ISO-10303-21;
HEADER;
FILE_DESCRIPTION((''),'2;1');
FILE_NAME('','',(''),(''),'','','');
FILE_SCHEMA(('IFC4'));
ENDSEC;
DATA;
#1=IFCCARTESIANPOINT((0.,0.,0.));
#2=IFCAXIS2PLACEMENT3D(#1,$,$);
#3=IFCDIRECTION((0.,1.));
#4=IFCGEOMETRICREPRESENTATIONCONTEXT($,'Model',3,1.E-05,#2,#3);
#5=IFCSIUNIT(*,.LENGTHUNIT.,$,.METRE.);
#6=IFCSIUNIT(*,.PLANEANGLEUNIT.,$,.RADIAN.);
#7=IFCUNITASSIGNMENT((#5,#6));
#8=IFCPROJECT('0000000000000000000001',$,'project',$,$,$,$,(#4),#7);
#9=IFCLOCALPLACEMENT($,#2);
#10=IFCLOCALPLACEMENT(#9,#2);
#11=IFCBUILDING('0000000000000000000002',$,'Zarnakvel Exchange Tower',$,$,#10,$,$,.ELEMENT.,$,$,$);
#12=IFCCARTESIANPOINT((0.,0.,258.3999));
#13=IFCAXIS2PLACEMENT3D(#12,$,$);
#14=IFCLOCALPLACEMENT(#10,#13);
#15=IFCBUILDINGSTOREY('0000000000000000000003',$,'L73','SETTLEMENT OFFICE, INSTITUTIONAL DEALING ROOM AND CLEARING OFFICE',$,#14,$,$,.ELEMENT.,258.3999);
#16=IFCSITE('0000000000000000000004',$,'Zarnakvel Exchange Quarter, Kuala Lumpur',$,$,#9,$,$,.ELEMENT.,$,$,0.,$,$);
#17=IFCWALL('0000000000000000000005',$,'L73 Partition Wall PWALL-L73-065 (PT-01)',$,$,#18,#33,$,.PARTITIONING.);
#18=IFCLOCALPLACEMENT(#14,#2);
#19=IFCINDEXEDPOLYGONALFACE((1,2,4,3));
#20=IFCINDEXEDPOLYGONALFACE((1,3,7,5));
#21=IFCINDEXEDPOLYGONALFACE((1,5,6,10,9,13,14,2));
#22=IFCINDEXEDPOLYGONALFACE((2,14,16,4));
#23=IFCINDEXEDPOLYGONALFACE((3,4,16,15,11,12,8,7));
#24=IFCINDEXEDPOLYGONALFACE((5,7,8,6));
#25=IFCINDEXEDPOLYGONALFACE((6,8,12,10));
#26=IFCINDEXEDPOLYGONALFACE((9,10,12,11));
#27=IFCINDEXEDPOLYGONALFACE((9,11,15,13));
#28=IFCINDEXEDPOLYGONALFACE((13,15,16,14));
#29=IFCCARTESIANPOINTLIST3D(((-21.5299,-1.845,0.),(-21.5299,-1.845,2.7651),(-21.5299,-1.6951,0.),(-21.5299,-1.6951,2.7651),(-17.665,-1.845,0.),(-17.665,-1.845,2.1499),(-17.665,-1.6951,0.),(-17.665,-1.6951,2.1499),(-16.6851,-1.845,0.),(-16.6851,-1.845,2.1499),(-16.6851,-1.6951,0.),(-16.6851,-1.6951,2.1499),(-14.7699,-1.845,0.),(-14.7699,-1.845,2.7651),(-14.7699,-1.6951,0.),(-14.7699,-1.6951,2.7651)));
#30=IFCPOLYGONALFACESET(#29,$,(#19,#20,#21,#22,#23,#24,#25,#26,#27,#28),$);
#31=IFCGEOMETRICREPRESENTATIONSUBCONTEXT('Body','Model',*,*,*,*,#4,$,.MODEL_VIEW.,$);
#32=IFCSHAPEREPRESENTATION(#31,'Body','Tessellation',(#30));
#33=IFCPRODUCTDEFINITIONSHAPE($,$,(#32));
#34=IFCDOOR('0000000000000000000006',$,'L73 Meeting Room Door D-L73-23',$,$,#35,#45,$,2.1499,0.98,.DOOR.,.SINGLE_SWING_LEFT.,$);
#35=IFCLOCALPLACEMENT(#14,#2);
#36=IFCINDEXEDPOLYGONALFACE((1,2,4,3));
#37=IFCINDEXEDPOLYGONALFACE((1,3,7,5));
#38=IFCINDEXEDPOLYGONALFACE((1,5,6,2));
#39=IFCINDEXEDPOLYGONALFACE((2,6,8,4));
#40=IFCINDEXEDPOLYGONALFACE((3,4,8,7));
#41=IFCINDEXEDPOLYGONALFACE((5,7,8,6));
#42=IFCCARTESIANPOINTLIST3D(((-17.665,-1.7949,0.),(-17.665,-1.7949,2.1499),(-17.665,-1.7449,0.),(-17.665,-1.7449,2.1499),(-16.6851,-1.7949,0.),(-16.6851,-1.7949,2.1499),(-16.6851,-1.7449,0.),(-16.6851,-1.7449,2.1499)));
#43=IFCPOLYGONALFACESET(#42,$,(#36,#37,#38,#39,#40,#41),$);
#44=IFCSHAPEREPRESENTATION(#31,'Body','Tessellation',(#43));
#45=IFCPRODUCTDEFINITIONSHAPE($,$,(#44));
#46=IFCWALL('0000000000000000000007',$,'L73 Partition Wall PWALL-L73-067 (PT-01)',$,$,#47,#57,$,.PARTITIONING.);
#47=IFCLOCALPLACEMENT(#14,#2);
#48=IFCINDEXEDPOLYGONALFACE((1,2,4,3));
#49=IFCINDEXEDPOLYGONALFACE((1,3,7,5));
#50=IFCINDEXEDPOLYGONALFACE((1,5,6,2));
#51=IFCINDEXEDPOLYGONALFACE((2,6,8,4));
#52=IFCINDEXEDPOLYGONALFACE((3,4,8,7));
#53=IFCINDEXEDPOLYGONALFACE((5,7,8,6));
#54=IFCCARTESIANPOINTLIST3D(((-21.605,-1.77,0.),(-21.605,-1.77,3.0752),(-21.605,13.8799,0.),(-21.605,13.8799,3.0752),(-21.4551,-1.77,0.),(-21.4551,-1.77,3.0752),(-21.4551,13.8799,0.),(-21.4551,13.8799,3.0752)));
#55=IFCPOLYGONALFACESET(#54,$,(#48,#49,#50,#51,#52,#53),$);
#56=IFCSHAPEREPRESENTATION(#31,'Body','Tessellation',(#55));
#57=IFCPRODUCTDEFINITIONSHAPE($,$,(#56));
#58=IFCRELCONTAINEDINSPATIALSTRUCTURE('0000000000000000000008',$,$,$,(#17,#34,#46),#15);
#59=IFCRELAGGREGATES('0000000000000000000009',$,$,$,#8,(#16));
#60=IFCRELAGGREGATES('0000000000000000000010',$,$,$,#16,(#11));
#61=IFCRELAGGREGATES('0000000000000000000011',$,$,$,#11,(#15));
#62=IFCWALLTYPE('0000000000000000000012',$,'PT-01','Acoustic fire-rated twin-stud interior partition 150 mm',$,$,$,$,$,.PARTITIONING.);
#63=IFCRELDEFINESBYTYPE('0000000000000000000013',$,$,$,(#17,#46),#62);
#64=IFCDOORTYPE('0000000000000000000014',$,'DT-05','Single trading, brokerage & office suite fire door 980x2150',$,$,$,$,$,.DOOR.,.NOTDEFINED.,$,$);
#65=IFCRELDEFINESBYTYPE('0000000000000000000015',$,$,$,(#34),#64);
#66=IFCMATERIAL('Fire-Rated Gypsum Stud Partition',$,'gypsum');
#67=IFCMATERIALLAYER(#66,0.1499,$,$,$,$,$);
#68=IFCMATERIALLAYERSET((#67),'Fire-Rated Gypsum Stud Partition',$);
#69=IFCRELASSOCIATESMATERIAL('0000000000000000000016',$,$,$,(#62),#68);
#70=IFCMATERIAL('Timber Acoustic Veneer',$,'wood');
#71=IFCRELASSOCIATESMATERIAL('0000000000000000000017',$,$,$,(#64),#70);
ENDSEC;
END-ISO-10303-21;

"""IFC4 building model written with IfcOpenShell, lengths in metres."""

from ifc_helpers import new_model, si_unit, direction, frame, frame_2d, origin, place, context, subcontext, project, spatial, rectangle, extrude, source, transform, mapped, material, layer, layer_set, type_object, element, fill, save


model = new_model("IFC4")

# Units and contexts
model_context = context("Model", 3, precision=1e-05, world=origin(), true_north=direction((0.0, 1.0)))
body_context = subcontext(model_context, "Body", "Model", "MODEL_VIEW")
ifc_project = project(units=[si_unit("LENGTHUNIT", "METRE"), si_unit("PLANEANGLEUNIT", "RADIAN")], contexts=[model_context])

# Site, building, storey
site_placement = place(None, origin())
site = spatial("IfcSite", under=ifc_project, at=site_placement, Name="Zarnakvel Exchange Quarter, Kuala Lumpur", CompositionType="ELEMENT", RefElevation=0.0)
building_placement = place(site_placement, origin())
building = spatial("IfcBuilding", under=site, at=building_placement, Name="Zarnakvel Exchange Tower", CompositionType="ELEMENT")
storey_placement = place(building_placement, frame((0.0, 0.0, 258.3999)))
storey = spatial("IfcBuildingStorey", under=building, at=storey_placement, Name="L73", Description="SETTLEMENT OFFICE, INSTITUTIONAL DEALING ROOM AND CLEARING OFFICE", CompositionType="ELEMENT", Elevation=258.3999)

# Shared definitions
ifc_material_1 = material(Name="Fire-Rated Gypsum Stud Partition", Category="gypsum")
ifc_layer_1 = layer(ifc_material_1, 0.1499)
ifc_layer_set_1 = layer_set([ifc_layer_1], Name="Fire-Rated Gypsum Stud Partition")
wall_type = type_object("IfcWallType", Name="PT-01", Description="Acoustic fire-rated twin-stud interior partition 150 mm", PredefinedType="PARTITIONING", material=ifc_layer_set_1)
ifc_material_2 = material(Name="Timber Acoustic Veneer", Category="wood")
door_type = type_object("IfcDoorType", Name="DT-05", Description="Single trading, brokerage & office suite fire door 980x2150", OperationType="NOTDEFINED", PredefinedType="DOOR", material=ifc_material_2)
shared_shape_1 = source(origin(), body_context, "Body", "SweptSolid", [
    extrude(rectangle(XDim=0.98, YDim=2.1499, at=frame_2d((0.49, 1.075))), frame((0.0, 0.0249, 0.0), z_axis=(0.0, -1.0, 0.0), x_axis=(1.0, 0.0, 0.0)), (0.0, 0.0, 1.0), 0.05),
])

# Wall, opening, door
wall_1_placement = place(storey_placement, frame((-14.77, -1.77, 0.0), z_axis=(0.0, 0.0, 1.0), x_axis=(-1.0, 0.0, 0.0)))
wall_1 = element("IfcWall", 1, at=wall_1_placement, inside=storey, type_object=wall_type, Name="L73 Partition Wall PWALL-L73-065 (PT-01)", PredefinedType="PARTITIONING", context=body_context, shape_type="SweptSolid", body=[
    extrude(rectangle(XDim=6.76, YDim=0.1499, at=frame_2d((3.3799, 0.0))), origin(), (0.0, 0.0, 1.0), 2.7651),
])
opening_1_placement = place(wall_1_placement, frame((1.915, 0.0, 0.0)))
opening_1 = element("IfcOpeningElement", 2, at=opening_1_placement, cuts=wall_1, PredefinedType="OPENING", context=body_context, shape_type="SweptSolid", body=[
    extrude(rectangle(XDim=0.98, YDim=2.1499, at=frame_2d((0.49, 1.075))), frame((0.0, 0.085, 0.0), z_axis=(0.0, -1.0, 0.0), x_axis=(1.0, 0.0, 0.0)), (0.0, 0.0, 1.0), 0.1699),
])
door_1_placement = place(opening_1_placement, origin())
door_1 = element("IfcDoor", 3, at=door_1_placement, inside=storey, type_object=door_type, Name="L73 Meeting Room Door D-L73-23", OperationType="SINGLE_SWING_LEFT", OverallHeight=2.1499, OverallWidth=0.98, PredefinedType="DOOR", context=body_context, shape_type="MappedRepresentation", body=[
    mapped(shared_shape_1, transform((0.0, 0.0, 0.0), x_axis=(1.0, 0.0, 0.0), y_axis=(0.0, 1.0, 0.0), z_axis=(0.0, 0.0, 1.0), scale=1.0)),
])
fill(opening_1, door_1)

# Wall
wall_2_placement = place(storey_placement, frame((-21.53, -1.77, 0.0), z_axis=(0.0, 0.0, 1.0), x_axis=(0.0, 1.0, 0.0)))
element("IfcWall", 4, at=wall_2_placement, inside=storey, type_object=wall_type, Name="L73 Partition Wall PWALL-L73-067 (PT-01)", PredefinedType="PARTITIONING", context=body_context, shape_type="SweptSolid", body=[
    extrude(rectangle(XDim=15.6499, YDim=0.1499, at=frame_2d((7.825, 0.0))), origin(), (0.0, 0.0, 1.0), 3.0752),
])

save(model, "model.ifc")
